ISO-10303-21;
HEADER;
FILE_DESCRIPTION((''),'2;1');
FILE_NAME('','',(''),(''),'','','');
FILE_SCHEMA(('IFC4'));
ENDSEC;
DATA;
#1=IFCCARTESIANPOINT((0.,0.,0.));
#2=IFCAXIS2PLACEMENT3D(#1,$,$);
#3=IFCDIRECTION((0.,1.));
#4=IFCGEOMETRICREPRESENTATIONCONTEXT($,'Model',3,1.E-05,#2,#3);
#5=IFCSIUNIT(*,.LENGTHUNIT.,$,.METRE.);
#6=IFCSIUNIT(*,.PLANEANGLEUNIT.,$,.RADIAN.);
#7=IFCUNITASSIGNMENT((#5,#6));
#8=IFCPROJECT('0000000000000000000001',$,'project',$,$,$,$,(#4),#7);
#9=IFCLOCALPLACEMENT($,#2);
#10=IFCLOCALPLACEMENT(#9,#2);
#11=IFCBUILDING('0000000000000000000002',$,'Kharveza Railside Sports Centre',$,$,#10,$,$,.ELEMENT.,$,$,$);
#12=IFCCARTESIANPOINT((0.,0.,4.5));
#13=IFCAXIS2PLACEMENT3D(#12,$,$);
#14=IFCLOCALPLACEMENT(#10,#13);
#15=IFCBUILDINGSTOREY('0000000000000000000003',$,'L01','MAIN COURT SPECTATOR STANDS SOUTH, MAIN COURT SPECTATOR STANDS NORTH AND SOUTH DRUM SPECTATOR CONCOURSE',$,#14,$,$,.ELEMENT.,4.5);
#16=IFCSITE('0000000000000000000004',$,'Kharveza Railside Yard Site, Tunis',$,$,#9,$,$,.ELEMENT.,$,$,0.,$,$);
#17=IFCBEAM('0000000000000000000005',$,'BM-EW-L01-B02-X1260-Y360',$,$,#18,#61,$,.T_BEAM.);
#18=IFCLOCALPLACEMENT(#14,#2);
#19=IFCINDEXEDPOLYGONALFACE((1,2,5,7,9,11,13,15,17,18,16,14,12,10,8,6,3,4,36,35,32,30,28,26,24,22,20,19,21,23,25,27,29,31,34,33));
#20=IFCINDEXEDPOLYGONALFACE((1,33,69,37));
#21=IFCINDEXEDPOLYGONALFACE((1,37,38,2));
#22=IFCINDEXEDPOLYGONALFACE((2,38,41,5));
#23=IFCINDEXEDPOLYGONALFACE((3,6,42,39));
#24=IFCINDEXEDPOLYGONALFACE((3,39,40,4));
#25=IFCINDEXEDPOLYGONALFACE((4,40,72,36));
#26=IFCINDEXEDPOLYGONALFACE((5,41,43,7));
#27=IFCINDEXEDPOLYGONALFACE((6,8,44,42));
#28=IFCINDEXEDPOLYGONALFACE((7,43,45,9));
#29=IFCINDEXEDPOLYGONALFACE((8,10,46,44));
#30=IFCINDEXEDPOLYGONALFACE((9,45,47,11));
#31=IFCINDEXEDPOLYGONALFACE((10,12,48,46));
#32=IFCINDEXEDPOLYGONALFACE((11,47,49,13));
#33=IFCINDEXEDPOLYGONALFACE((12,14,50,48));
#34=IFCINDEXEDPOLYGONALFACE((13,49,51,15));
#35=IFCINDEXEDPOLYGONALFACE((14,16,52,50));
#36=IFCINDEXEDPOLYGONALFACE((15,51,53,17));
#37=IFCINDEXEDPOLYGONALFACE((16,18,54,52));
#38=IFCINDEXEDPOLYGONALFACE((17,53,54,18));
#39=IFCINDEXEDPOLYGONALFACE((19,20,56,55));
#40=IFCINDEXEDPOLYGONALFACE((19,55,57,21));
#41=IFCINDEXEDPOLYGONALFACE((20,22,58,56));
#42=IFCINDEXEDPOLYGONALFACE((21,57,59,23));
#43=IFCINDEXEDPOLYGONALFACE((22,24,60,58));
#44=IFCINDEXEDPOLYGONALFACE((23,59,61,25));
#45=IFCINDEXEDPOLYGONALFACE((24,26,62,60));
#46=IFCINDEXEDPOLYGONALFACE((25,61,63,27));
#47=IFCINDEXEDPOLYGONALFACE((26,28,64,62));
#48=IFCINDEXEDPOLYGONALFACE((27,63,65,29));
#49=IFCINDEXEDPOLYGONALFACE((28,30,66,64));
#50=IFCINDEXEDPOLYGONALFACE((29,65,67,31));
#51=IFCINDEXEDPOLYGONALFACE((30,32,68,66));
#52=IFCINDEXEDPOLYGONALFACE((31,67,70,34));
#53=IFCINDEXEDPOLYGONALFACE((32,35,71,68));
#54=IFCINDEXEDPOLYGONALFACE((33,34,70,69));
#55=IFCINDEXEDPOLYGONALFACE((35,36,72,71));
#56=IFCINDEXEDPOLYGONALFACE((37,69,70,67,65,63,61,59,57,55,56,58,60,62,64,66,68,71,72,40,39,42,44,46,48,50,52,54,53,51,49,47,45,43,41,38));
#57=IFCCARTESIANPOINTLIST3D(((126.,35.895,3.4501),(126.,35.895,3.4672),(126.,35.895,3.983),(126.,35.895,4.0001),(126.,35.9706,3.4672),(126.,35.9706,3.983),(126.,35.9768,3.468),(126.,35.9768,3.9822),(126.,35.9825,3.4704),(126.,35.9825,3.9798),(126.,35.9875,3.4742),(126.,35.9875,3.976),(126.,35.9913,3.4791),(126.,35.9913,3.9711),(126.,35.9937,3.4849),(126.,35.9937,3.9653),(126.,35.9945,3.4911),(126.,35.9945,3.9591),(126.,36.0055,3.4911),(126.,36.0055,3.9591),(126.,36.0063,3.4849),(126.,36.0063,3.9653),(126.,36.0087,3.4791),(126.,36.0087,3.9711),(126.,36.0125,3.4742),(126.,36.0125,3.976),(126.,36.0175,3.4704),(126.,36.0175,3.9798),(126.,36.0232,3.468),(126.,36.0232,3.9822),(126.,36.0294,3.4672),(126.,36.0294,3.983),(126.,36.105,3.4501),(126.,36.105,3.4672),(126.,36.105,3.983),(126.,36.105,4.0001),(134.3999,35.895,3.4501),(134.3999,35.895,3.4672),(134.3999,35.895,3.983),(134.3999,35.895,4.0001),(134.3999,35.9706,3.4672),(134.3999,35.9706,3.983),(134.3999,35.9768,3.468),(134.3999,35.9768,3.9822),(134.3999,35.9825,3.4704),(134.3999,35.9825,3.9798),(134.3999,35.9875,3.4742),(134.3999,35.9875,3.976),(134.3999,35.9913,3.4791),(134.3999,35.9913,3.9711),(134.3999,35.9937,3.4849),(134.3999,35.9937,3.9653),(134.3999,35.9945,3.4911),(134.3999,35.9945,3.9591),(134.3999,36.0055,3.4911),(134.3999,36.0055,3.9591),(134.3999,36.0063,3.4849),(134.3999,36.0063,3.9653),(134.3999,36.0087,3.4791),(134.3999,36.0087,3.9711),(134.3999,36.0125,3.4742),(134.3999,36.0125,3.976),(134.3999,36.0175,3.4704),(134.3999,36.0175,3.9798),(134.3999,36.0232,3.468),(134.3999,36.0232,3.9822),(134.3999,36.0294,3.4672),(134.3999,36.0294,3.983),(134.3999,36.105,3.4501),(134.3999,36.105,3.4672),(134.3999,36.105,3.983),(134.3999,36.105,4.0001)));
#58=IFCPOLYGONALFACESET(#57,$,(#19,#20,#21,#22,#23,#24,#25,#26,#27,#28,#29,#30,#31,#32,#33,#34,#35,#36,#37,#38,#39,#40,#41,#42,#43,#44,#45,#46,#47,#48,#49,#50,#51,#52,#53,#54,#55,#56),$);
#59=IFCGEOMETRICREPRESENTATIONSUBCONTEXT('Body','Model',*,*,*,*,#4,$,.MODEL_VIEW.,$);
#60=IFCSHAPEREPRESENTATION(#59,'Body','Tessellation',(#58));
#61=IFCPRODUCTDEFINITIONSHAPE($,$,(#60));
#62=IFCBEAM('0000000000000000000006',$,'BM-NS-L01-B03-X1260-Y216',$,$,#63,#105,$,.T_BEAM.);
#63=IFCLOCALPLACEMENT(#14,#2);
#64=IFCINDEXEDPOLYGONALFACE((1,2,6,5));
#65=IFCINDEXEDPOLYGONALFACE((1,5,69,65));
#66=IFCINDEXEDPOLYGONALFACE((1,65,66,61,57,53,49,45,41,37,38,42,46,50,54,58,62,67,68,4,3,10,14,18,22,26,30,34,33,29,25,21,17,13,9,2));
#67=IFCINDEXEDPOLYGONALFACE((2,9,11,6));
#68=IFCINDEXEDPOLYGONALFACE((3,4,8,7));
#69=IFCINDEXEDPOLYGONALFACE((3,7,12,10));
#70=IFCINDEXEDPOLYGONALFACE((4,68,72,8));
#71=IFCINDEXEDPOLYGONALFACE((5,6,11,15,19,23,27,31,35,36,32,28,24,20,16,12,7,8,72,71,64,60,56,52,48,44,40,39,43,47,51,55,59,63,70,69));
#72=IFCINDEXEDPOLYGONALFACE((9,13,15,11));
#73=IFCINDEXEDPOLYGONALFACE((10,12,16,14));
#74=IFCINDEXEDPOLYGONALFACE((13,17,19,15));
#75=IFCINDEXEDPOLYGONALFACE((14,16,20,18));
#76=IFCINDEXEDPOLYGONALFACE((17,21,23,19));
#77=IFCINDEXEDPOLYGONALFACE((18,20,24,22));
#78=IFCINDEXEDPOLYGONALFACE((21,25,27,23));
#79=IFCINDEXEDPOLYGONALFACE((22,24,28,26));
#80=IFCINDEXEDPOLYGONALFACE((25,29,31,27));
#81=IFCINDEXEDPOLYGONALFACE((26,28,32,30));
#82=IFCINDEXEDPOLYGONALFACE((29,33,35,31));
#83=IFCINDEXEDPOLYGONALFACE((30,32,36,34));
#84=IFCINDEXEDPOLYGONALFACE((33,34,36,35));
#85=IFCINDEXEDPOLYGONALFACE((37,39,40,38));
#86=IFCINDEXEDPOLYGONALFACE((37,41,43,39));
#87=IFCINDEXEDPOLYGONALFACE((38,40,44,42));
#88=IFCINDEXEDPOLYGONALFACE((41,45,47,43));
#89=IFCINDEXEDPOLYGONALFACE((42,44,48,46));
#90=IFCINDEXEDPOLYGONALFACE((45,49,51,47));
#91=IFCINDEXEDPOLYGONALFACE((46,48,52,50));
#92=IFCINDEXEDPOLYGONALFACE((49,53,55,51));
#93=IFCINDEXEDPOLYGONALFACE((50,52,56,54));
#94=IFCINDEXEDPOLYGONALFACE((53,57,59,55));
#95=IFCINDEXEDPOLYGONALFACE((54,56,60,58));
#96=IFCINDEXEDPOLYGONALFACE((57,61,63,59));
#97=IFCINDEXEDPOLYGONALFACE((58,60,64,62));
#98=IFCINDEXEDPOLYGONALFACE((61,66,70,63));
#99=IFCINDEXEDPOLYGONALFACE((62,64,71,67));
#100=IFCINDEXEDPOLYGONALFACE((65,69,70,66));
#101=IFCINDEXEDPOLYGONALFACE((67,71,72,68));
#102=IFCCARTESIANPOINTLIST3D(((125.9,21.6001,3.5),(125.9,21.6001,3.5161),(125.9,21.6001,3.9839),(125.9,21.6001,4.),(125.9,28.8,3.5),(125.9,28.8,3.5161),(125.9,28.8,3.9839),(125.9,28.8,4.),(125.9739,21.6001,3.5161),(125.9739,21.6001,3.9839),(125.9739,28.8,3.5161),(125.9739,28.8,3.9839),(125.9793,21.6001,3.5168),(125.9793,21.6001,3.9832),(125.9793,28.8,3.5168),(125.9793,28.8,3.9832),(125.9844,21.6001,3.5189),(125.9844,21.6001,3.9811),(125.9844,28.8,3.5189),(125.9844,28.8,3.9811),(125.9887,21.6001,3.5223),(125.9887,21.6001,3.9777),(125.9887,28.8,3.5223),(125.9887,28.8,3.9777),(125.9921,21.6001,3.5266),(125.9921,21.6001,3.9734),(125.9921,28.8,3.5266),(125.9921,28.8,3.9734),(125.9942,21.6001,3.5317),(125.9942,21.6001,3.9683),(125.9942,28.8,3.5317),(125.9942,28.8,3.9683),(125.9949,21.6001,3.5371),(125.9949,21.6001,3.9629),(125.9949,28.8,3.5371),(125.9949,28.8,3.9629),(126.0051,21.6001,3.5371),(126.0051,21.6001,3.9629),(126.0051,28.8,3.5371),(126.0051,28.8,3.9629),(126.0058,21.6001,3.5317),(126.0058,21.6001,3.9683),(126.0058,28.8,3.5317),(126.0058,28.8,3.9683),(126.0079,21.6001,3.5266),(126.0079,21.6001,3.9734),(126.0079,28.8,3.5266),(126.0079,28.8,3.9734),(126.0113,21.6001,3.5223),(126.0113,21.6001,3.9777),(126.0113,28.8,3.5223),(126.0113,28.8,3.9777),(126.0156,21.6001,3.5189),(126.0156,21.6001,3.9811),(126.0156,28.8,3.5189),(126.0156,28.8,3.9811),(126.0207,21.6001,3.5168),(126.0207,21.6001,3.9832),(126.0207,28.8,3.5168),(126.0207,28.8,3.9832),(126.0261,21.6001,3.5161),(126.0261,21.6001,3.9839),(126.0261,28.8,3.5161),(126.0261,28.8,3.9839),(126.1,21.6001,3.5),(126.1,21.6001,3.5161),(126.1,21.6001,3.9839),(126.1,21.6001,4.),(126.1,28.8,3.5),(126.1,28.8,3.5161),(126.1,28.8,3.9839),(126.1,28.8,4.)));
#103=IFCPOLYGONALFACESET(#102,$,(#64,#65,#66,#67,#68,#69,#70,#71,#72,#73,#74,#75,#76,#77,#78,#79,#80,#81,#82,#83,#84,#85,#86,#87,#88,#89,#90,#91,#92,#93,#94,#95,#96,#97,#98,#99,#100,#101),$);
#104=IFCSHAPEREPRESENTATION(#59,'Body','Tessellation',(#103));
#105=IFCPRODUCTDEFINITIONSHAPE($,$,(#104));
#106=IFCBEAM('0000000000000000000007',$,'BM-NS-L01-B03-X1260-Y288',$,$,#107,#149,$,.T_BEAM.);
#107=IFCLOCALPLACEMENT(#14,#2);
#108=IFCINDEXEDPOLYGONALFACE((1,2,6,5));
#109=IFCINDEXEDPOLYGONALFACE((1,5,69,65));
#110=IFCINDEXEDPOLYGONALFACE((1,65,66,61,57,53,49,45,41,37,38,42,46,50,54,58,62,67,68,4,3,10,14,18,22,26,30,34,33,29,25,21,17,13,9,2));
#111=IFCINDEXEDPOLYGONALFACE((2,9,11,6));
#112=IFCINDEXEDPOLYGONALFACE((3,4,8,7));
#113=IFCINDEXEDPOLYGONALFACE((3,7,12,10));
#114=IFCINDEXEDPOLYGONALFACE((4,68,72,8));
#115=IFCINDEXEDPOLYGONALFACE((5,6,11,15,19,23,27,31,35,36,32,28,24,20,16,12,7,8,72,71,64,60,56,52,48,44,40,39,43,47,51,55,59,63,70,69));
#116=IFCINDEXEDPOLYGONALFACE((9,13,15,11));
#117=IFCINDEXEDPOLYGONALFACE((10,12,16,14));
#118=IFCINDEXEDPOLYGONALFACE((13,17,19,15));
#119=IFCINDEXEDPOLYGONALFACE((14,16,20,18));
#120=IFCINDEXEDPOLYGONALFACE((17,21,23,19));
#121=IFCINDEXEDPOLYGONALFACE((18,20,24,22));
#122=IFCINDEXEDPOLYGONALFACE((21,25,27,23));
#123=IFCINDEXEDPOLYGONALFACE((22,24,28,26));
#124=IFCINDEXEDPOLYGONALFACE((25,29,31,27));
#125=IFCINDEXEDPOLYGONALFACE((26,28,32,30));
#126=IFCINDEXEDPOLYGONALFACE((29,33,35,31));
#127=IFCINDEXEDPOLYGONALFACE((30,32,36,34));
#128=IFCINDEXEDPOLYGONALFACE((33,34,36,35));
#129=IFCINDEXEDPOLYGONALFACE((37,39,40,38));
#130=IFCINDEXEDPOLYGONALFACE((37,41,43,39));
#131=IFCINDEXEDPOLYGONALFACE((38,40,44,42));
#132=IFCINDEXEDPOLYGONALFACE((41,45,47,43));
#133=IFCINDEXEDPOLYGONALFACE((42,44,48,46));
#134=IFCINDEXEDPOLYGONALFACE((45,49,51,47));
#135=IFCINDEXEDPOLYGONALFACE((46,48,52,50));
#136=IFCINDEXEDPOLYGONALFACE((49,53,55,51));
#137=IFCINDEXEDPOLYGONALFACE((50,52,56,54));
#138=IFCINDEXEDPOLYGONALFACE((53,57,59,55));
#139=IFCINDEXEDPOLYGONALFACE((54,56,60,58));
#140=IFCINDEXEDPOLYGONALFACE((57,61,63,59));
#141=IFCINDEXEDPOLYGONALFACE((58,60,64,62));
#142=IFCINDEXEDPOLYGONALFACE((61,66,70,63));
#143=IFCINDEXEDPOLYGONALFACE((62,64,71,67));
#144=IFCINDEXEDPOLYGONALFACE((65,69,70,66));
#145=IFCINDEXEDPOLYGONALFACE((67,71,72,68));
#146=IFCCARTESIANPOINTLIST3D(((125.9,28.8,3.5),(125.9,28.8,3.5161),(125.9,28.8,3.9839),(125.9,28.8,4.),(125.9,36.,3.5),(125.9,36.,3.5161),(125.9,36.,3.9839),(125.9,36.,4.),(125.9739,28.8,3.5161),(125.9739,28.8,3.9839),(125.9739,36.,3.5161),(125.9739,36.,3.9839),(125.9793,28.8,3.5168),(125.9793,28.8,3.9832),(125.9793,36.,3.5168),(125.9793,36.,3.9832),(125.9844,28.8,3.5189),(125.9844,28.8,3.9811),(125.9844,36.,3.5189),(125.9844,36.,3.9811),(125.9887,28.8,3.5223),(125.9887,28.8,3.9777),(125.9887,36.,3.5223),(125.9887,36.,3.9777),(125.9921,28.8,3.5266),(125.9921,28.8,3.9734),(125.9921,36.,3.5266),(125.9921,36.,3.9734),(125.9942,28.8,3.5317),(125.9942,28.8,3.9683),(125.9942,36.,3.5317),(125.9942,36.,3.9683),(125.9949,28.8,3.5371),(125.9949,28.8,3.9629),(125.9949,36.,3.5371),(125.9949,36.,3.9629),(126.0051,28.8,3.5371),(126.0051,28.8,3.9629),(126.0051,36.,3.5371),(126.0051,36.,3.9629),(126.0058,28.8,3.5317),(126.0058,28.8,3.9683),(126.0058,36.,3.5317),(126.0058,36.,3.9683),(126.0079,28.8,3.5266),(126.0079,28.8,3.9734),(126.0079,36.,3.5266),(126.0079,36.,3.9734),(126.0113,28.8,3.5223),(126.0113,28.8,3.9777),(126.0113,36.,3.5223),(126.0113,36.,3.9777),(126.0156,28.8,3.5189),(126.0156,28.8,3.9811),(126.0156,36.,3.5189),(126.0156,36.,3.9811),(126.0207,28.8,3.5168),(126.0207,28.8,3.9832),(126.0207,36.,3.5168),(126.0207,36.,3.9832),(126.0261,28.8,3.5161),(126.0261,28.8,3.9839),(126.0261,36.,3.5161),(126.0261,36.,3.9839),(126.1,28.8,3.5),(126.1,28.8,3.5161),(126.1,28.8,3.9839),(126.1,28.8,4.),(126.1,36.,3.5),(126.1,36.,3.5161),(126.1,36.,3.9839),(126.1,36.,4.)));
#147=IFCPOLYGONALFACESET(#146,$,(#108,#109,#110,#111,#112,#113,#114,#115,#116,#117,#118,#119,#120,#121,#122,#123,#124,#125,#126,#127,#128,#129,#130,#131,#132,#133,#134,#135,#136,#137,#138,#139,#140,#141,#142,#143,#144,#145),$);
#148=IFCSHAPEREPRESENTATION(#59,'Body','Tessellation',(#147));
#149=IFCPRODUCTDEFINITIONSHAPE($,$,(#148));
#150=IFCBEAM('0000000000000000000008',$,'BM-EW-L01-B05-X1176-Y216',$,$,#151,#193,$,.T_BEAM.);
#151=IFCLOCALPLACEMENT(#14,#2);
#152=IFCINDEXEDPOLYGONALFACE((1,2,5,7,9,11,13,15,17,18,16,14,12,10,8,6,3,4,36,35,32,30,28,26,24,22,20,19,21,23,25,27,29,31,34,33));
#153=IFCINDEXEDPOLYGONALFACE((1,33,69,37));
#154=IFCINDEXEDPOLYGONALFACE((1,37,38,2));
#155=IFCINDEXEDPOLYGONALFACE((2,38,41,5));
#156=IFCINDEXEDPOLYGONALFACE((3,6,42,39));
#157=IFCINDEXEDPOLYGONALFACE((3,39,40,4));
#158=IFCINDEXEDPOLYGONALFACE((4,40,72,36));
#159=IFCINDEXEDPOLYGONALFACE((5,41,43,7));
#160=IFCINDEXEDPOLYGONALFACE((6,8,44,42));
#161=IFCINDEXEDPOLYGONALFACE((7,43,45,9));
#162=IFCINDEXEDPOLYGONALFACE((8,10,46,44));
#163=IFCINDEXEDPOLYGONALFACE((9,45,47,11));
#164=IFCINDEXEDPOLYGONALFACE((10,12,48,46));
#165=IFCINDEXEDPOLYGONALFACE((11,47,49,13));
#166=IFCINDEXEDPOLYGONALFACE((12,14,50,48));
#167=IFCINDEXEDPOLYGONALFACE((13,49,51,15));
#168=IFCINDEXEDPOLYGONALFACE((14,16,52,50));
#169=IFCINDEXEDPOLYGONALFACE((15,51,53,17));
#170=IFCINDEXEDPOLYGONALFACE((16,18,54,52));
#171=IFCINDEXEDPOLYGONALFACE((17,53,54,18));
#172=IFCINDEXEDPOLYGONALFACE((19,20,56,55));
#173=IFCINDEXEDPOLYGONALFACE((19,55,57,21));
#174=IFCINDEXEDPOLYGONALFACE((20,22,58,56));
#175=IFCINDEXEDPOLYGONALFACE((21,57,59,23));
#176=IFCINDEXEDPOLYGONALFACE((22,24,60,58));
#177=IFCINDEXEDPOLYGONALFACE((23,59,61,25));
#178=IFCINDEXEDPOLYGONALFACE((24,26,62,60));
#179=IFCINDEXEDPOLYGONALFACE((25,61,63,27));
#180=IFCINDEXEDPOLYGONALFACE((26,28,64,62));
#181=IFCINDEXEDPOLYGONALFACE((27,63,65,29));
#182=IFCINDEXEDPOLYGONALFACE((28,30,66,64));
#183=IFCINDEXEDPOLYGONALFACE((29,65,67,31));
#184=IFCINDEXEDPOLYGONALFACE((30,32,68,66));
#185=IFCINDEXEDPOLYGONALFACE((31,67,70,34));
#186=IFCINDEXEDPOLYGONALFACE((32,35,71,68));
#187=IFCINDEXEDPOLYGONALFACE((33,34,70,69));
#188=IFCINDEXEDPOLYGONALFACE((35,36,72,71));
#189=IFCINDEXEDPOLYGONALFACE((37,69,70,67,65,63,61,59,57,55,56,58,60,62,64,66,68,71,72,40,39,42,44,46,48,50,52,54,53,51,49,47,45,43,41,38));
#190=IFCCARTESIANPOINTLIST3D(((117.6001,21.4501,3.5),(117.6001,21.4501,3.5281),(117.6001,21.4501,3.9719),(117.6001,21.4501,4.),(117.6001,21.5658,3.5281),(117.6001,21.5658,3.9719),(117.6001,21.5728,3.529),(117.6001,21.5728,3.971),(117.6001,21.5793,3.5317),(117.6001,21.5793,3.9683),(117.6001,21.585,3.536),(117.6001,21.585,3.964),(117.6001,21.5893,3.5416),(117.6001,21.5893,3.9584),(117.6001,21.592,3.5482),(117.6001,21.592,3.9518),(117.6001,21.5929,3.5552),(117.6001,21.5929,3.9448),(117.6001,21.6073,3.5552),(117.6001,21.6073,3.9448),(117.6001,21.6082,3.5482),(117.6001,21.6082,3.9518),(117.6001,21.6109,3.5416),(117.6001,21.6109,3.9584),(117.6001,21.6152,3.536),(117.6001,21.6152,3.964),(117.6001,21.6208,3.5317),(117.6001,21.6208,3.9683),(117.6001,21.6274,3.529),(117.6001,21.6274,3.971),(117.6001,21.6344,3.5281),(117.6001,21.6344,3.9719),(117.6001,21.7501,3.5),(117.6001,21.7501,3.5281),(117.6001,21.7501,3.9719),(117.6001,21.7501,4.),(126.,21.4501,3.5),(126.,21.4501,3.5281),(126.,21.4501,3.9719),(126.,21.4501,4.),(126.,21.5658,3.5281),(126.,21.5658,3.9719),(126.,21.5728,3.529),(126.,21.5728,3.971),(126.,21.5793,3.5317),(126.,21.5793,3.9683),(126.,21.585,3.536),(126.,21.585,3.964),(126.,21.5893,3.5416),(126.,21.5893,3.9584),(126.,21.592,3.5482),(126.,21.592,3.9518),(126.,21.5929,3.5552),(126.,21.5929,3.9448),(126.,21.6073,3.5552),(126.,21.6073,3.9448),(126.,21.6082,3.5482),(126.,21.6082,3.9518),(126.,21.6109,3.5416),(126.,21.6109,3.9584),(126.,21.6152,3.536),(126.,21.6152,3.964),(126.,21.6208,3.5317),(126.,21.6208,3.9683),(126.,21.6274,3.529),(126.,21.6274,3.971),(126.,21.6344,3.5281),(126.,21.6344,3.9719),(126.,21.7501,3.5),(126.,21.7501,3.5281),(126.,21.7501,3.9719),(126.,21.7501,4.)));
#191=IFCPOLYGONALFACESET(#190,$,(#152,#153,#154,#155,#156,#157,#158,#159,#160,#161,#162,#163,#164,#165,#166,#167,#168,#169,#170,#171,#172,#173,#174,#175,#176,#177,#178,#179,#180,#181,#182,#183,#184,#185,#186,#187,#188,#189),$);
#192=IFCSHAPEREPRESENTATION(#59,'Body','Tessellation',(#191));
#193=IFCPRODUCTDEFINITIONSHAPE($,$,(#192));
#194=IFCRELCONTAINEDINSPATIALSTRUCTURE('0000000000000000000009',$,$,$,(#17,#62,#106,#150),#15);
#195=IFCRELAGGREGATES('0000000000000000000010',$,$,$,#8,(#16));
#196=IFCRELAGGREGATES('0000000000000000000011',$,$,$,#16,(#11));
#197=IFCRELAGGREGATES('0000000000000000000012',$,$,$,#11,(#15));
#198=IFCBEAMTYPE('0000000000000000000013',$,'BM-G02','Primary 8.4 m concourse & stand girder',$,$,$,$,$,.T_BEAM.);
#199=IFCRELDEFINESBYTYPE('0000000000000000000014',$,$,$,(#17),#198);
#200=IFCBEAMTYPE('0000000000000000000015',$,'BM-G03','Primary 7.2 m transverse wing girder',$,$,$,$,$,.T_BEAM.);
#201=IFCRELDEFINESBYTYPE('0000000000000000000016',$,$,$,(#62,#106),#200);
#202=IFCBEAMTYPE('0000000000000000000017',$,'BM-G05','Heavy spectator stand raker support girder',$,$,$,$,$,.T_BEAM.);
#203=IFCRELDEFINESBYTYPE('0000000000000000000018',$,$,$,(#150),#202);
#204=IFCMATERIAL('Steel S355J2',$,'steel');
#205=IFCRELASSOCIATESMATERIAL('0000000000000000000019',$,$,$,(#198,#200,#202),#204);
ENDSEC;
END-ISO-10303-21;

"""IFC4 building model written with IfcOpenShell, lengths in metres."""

from ifc_helpers import new_model, si_unit, direction, frame, origin, origin_2d, place, context, subcontext, project, spatial, i_section, extrude, material, material_profile, profile_set, type_object, element, save


model = new_model("IFC4")

# Units and contexts
model_context = context("Model", 3, precision=1e-05, world=origin(), true_north=direction((0.0, 1.0)))
body_context = subcontext(model_context, "Body", "Model", "MODEL_VIEW")
ifc_project = project(units=[si_unit("LENGTHUNIT", "METRE"), si_unit("PLANEANGLEUNIT", "RADIAN")], contexts=[model_context])

# Site, building, storey
site_placement = place(None, origin())
site = spatial("IfcSite", under=ifc_project, at=site_placement, Name="Kharveza Railside Yard Site, Tunis", CompositionType="ELEMENT", RefElevation=0.0)
building_placement = place(site_placement, origin())
building = spatial("IfcBuilding", under=site, at=building_placement, Name="Kharveza Railside Sports Centre", CompositionType="ELEMENT")
storey_placement = place(building_placement, frame((0.0, 0.0, 4.5)))
storey = spatial("IfcBuildingStorey", under=building, at=storey_placement, Name="L01", Description="MAIN COURT SPECTATOR STANDS SOUTH, MAIN COURT SPECTATOR STANDS NORTH AND SOUTH DRUM SPECTATOR CONCOURSE", CompositionType="ELEMENT", Elevation=4.5)

# Shared definitions
ifc_material_1 = material(Name="Steel S355J2", Category="steel")

# Beams
ifc_material_profile_1 = material_profile(ifc_material_1, i_section(OverallWidth=0.21, OverallDepth=0.55, WebThickness=0.011, FlangeThickness=0.0171, FilletRadius=0.0239, at=origin_2d()), Name="IPE 550")
ifc_profile_set_1 = profile_set([ifc_material_profile_1], Name="Steel S355J2")
beam_type_1 = type_object("IfcBeamType", Name="BM-G02", Description="Primary 8.4 m concourse & stand girder", PredefinedType="T_BEAM", material=ifc_profile_set_1)
for number, where, z_axis, x_axis, name in (
    (1, (126.0, 36.0, 3.7251), (1.0, 0.0, 0.0), (0.0, 1.0, 0.0), "BM-EW-L01-B02-X1260-Y360"),
):
    element("IfcBeam", number, at=place(storey_placement, frame(where, z_axis=z_axis, x_axis=x_axis)), inside=storey, type_object=beam_type_1, Name=name, PredefinedType="T_BEAM", context=body_context, shape_type="SweptSolid", body=[
        extrude(i_section(OverallWidth=0.21, OverallDepth=0.55, WebThickness=0.011, FlangeThickness=0.0171, FilletRadius=0.0239, at=origin_2d()), origin(), (0.0, 0.0, 1.0), 8.3999),
    ])
ifc_material_profile_2 = material_profile(ifc_material_1, i_section(OverallWidth=0.2, OverallDepth=0.5, WebThickness=0.0103, FlangeThickness=0.0161, FilletRadius=0.021, at=origin_2d()), Name="IPE 500")
ifc_profile_set_2 = profile_set([ifc_material_profile_2], Name="Steel S355J2")
beam_type_2 = type_object("IfcBeamType", Name="BM-G03", Description="Primary 7.2 m transverse wing girder", PredefinedType="T_BEAM", material=ifc_profile_set_2)
for number, where, z_axis, x_axis, name in (
    (2, (126.0, 21.6001, 3.75), (0.0, 1.0, 0.0), (-1.0, 0.0, 0.0), "BM-NS-L01-B03-X1260-Y216"),
    (3, (126.0, 28.8, 3.75), (0.0, 1.0, 0.0), (-1.0, 0.0, 0.0), "BM-NS-L01-B03-X1260-Y288"),
):
    element("IfcBeam", number, at=place(storey_placement, frame(where, z_axis=z_axis, x_axis=x_axis)), inside=storey, type_object=beam_type_2, Name=name, PredefinedType="T_BEAM", context=body_context, shape_type="SweptSolid", body=[
        extrude(i_section(OverallWidth=0.2, OverallDepth=0.5, WebThickness=0.0103, FlangeThickness=0.0161, FilletRadius=0.021, at=origin_2d()), origin(), (0.0, 0.0, 1.0), 7.2),
    ])
ifc_material_profile_3 = material_profile(ifc_material_1, i_section(OverallWidth=0.3, OverallDepth=0.5, WebThickness=0.0144, FlangeThickness=0.0281, FilletRadius=0.0271, at=origin_2d()), Name="HEB 500")
ifc_profile_set_3 = profile_set([ifc_material_profile_3], Name="Steel S355J2")
beam_type_3 = type_object("IfcBeamType", Name="BM-G05", Description="Heavy spectator stand raker support girder", PredefinedType="T_BEAM", material=ifc_profile_set_3)
for number, where, z_axis, x_axis, name in (
    (4, (117.6001, 21.6001, 3.75), (1.0, 0.0, 0.0), (0.0, 1.0, 0.0), "BM-EW-L01-B05-X1176-Y216"),
):
    element("IfcBeam", number, at=place(storey_placement, frame(where, z_axis=z_axis, x_axis=x_axis)), inside=storey, type_object=beam_type_3, Name=name, PredefinedType="T_BEAM", context=body_context, shape_type="SweptSolid", body=[
        extrude(i_section(OverallWidth=0.3, OverallDepth=0.5, WebThickness=0.0144, FlangeThickness=0.0281, FilletRadius=0.0271, at=origin_2d()), origin(), (0.0, 0.0, 1.0), 8.3999),
    ])

save(model, "model.ifc")
